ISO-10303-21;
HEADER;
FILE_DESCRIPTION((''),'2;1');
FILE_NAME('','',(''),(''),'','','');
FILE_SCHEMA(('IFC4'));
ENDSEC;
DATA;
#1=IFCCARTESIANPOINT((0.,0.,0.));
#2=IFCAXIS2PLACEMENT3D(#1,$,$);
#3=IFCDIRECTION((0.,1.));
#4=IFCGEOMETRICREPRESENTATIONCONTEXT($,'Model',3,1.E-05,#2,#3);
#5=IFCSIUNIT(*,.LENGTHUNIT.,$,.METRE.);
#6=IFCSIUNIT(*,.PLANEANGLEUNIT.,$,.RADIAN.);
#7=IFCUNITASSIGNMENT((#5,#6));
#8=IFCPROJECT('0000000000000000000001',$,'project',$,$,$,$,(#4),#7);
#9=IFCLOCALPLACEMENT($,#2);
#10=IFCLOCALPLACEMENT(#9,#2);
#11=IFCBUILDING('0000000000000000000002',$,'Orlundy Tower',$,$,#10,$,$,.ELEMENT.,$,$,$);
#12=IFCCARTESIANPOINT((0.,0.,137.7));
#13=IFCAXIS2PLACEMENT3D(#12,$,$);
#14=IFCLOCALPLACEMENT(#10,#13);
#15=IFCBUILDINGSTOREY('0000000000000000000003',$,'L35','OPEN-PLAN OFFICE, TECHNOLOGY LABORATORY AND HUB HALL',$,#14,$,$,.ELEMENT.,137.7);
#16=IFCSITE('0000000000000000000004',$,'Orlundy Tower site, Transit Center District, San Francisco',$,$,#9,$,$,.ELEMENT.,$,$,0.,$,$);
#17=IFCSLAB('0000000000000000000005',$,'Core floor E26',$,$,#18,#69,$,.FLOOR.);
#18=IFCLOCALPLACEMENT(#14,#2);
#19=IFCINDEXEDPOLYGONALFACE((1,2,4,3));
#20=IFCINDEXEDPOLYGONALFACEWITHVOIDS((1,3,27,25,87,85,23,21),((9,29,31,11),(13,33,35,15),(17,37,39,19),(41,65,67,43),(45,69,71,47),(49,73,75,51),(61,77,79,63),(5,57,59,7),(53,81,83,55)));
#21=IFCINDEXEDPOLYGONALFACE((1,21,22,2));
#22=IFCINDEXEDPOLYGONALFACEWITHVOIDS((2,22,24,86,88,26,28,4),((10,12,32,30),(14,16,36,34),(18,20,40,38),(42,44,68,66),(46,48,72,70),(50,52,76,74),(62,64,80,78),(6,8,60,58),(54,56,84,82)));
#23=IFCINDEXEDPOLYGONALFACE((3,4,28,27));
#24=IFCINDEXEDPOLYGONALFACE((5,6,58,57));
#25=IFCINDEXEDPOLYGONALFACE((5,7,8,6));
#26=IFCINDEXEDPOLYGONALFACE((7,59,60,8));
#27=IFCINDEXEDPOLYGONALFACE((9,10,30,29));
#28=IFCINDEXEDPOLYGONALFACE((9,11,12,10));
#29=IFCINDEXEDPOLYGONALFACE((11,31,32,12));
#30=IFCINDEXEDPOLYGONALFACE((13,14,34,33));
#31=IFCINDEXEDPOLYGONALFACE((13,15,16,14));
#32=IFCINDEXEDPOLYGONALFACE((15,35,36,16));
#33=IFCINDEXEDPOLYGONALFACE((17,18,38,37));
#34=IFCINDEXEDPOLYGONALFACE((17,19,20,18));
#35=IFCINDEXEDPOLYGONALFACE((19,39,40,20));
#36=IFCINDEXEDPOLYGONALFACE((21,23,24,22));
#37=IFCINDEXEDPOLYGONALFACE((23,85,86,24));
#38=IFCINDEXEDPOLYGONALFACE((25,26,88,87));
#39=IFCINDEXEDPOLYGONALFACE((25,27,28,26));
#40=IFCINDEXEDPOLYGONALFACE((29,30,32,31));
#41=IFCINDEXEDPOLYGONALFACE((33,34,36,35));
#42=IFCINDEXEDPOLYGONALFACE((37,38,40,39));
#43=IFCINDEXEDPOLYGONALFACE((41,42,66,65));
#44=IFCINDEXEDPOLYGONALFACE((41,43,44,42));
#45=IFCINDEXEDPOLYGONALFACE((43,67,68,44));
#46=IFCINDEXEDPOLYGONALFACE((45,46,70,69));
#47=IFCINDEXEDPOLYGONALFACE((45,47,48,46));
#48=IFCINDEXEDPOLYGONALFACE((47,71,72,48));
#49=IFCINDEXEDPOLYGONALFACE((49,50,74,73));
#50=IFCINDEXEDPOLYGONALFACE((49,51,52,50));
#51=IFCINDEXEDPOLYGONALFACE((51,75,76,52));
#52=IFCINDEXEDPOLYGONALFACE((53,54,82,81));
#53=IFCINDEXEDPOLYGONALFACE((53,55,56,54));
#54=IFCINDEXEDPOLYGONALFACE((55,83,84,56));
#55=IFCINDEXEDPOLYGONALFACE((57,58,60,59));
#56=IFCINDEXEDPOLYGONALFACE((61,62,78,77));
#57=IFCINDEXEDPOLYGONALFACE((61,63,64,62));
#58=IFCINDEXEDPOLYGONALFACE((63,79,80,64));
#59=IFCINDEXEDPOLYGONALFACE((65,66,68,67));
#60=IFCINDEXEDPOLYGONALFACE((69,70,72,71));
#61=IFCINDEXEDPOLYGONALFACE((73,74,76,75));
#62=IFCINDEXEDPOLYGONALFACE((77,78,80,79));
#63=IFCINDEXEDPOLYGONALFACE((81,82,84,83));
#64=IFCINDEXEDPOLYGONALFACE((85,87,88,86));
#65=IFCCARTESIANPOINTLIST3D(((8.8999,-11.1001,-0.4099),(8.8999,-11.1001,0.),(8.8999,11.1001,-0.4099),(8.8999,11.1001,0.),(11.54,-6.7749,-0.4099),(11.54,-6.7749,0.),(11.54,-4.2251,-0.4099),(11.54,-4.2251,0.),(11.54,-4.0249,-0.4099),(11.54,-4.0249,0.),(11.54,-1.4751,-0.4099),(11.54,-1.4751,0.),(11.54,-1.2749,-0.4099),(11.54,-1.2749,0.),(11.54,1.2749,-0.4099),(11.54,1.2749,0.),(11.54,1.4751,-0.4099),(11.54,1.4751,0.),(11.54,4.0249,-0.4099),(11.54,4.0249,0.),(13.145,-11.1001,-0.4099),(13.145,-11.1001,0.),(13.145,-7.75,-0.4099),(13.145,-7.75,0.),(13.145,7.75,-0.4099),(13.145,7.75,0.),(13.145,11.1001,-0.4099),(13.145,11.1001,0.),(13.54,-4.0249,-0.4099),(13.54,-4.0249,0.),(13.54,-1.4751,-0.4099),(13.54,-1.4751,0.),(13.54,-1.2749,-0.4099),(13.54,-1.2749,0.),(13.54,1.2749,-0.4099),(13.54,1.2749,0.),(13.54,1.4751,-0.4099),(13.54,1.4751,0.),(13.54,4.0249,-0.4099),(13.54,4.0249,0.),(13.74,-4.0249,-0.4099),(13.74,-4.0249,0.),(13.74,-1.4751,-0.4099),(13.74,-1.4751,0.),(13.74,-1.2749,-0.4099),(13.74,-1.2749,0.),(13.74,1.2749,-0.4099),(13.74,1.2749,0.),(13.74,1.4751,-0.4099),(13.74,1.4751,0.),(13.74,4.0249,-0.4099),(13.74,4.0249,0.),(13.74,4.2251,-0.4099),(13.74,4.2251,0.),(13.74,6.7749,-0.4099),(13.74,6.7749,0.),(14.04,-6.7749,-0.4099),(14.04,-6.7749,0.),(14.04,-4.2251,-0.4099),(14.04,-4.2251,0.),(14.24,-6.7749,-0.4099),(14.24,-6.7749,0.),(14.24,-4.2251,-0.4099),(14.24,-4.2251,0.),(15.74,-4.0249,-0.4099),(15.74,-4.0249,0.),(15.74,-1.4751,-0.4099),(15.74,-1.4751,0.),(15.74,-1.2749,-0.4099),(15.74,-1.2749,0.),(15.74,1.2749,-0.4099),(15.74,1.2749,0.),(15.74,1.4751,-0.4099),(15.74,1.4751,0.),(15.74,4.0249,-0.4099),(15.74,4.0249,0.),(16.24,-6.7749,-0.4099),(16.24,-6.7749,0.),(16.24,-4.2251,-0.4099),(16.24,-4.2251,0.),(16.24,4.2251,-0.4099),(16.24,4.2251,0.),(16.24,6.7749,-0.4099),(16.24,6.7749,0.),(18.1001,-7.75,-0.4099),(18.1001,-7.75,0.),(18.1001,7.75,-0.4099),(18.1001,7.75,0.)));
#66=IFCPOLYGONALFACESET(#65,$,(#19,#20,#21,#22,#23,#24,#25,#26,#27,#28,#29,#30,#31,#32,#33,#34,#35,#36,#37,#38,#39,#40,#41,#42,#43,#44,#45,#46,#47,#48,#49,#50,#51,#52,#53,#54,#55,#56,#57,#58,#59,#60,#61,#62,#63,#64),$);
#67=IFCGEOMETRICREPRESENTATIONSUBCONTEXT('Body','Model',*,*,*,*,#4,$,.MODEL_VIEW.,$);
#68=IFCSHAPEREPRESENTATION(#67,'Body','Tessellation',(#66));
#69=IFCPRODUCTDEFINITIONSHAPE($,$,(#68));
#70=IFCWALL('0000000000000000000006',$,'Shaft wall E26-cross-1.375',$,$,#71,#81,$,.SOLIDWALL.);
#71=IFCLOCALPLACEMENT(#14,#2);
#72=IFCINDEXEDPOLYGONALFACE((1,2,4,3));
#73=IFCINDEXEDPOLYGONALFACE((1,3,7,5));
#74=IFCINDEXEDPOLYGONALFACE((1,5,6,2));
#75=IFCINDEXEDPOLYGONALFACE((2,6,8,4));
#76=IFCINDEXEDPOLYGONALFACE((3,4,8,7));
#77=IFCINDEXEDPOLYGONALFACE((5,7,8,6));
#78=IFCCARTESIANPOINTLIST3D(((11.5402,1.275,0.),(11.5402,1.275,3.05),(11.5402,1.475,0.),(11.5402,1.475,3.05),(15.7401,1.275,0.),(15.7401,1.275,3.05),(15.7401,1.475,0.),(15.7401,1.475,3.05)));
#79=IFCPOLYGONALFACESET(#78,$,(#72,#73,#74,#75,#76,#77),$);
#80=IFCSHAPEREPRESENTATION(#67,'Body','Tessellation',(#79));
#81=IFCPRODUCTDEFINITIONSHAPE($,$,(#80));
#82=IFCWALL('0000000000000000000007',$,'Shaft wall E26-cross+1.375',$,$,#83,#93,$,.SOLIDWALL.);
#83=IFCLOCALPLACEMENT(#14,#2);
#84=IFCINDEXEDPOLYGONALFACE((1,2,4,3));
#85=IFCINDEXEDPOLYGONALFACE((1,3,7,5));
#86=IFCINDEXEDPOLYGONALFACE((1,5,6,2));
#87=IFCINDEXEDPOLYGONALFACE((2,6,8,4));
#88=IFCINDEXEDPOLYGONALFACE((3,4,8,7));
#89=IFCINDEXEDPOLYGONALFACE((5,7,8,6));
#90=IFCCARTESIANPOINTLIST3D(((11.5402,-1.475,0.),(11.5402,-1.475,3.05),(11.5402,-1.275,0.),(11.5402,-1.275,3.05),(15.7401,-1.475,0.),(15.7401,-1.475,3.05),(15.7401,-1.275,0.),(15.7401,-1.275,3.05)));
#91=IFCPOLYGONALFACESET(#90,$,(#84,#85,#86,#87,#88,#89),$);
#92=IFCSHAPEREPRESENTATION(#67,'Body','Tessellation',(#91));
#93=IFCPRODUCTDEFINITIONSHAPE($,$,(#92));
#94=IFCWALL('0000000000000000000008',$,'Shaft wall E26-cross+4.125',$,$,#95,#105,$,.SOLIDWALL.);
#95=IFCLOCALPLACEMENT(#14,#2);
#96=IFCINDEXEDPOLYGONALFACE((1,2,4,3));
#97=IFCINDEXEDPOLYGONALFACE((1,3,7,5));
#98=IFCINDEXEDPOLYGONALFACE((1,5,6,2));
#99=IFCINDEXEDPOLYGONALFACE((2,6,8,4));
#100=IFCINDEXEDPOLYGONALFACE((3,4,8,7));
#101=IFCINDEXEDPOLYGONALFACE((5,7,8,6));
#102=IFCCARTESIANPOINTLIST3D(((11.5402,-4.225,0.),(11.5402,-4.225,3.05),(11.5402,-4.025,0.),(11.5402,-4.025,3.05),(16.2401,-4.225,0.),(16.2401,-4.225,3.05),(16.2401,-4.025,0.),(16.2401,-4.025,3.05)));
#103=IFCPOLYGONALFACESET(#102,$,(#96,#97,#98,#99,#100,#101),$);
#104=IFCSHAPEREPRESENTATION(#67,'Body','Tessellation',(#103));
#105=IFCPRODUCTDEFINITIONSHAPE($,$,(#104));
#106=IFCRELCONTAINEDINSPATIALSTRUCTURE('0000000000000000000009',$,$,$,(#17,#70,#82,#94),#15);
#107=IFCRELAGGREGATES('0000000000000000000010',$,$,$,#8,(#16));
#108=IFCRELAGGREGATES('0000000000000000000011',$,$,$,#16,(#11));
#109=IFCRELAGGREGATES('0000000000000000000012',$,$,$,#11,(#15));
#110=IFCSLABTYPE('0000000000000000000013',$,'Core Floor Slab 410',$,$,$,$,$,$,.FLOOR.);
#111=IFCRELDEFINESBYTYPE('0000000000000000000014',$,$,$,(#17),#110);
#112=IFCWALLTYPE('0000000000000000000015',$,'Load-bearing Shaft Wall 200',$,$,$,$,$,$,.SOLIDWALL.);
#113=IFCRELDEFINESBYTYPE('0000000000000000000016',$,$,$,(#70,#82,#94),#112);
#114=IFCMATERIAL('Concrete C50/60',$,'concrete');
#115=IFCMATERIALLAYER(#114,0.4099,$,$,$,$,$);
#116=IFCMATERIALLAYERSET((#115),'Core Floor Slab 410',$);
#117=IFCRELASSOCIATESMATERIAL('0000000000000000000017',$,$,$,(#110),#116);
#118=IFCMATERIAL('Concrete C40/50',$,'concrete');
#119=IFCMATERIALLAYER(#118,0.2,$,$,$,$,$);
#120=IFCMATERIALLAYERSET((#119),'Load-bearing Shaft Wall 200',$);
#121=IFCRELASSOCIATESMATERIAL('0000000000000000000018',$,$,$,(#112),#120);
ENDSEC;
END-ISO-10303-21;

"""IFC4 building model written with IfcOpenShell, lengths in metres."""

from ifc_helpers import new_model, si_unit, direction, frame, frame_2d, origin, place, context, subcontext, project, spatial, polyline, rectangle, outline, extrude, material, layer, layer_set, type_object, element, save


model = new_model("IFC4")

# Units and contexts
model_context = context("Model", 3, precision=1e-05, world=origin(), true_north=direction((0.0, 1.0)))
body_context = subcontext(model_context, "Body", "Model", "MODEL_VIEW")
ifc_project = project(units=[si_unit("LENGTHUNIT", "METRE"), si_unit("PLANEANGLEUNIT", "RADIAN")], contexts=[model_context])

# Site, building, storey
site_placement = place(None, origin())
site = spatial("IfcSite", under=ifc_project, at=site_placement, Name="Orlundy Tower site, Transit Center District, San Francisco", CompositionType="ELEMENT", RefElevation=0.0)
building_placement = place(site_placement, origin())
building = spatial("IfcBuilding", under=site, at=building_placement, Name="Orlundy Tower", CompositionType="ELEMENT")
storey_placement = place(building_placement, frame((0.0, 0.0, 137.7)))
storey = spatial("IfcBuildingStorey", under=building, at=storey_placement, Name="L35", Description="OPEN-PLAN OFFICE, TECHNOLOGY LABORATORY AND HUB HALL", CompositionType="ELEMENT", Elevation=137.7)

# Slab
ifc_material_1 = material(Name="Concrete C50/60", Category="concrete")
ifc_layer_1 = layer(ifc_material_1, 0.4099)
ifc_layer_set_1 = layer_set([ifc_layer_1], Name="Core Floor Slab 410")
slab_type = type_object("IfcSlabType", Name="Core Floor Slab 410", PredefinedType="FLOOR", material=ifc_layer_set_1)
slab_placement = place(storey_placement, frame((0.0, 0.0, -0.4099)))
element("IfcSlab", 1, at=slab_placement, inside=storey, type_object=slab_type, Name="Core floor E26", PredefinedType="FLOOR", context=body_context, shape_type="SweptSolid", body=[
    extrude(outline(polyline([(13.145, -7.75), (13.145, -11.1001), (8.8999, -11.1001), (8.8999, 11.1001), (13.145, 11.1001), (13.145, 7.75), (18.1001, 7.75), (18.1001, -7.75), (13.145, -7.75)]), holes=[polyline([(16.24, 6.7749), (13.74, 6.7749), (13.74, 4.2251), (16.24, 4.2251), (16.24, 6.7749)]), polyline([(13.54, 1.4751), (13.54, 4.0249), (11.54, 4.0249), (11.54, 1.4751), (13.54, 1.4751)]), polyline([(13.74, 1.4751), (15.74, 1.4751), (15.74, 4.0249), (13.74, 4.0249), (13.74, 1.4751)]), polyline([(11.54, 1.2749), (11.54, -1.2749), (13.54, -1.2749), (13.54, 1.2749), (11.54, 1.2749)]), polyline([(15.74, 1.2749), (13.74, 1.2749), (13.74, -1.2749), (15.74, -1.2749), (15.74, 1.2749)]), polyline([(13.54, -4.0249), (13.54, -1.4751), (11.54, -1.4751), (11.54, -4.0249), (13.54, -4.0249)]), polyline([(13.74, -4.0249), (15.74, -4.0249), (15.74, -1.4751), (13.74, -1.4751), (13.74, -4.0249)]), polyline([(11.54, -4.2251), (11.54, -6.7749), (14.04, -6.7749), (14.04, -4.2251), (11.54, -4.2251)]), polyline([(16.24, -4.2251), (14.24, -4.2251), (14.24, -6.7749), (16.24, -6.7749), (16.24, -4.2251)])]), origin(), (0.0, 0.0, 1.0), 0.4099),
])

# Walls
ifc_material_2 = material(Name="Concrete C40/50", Category="concrete")
ifc_layer_2 = layer(ifc_material_2, 0.2)
ifc_layer_set_2 = layer_set([ifc_layer_2], Name="Load-bearing Shaft Wall 200")
wall_type_1 = type_object("IfcWallType", Name="Load-bearing Shaft Wall 200", PredefinedType="SOLIDWALL", material=ifc_layer_set_2)
for number, where, z_axis, x_axis, name in (
    (2, (11.54, 1.375, 0.0), (0.0, 0.0, 1.0), (1.0, 0.0, 0.0), "Shaft wall E26-cross-1.375"),
    (3, (11.54, -1.375, 0.0), (0.0, 0.0, 1.0), (1.0, 0.0, 0.0), "Shaft wall E26-cross+1.375"),
):
    element("IfcWall", number, at=place(storey_placement, frame(where, z_axis=z_axis, x_axis=x_axis)), inside=storey, type_object=wall_type_1, Name=name, PredefinedType="SOLIDWALL", context=body_context, shape_type="SweptSolid", body=[
        extrude(rectangle(XDim=4.2, YDim=0.2, at=frame_2d((2.1001, 0.0))), origin(), (0.0, 0.0, 1.0), 3.05),
    ])
wall_1_placement = place(storey_placement, frame((11.54, -4.125, 0.0), z_axis=(0.0, 0.0, 1.0), x_axis=(1.0, 0.0, 0.0)))
element("IfcWall", 4, at=wall_1_placement, inside=storey, type_object=wall_type_1, Name="Shaft wall E26-cross+4.125", PredefinedType="SOLIDWALL", context=body_context, shape_type="SweptSolid", body=[
    extrude(rectangle(XDim=4.7, YDim=0.2, at=frame_2d((2.3501, 0.0))), origin(), (0.0, 0.0, 1.0), 3.05),
])

save(model, "model.ifc")
